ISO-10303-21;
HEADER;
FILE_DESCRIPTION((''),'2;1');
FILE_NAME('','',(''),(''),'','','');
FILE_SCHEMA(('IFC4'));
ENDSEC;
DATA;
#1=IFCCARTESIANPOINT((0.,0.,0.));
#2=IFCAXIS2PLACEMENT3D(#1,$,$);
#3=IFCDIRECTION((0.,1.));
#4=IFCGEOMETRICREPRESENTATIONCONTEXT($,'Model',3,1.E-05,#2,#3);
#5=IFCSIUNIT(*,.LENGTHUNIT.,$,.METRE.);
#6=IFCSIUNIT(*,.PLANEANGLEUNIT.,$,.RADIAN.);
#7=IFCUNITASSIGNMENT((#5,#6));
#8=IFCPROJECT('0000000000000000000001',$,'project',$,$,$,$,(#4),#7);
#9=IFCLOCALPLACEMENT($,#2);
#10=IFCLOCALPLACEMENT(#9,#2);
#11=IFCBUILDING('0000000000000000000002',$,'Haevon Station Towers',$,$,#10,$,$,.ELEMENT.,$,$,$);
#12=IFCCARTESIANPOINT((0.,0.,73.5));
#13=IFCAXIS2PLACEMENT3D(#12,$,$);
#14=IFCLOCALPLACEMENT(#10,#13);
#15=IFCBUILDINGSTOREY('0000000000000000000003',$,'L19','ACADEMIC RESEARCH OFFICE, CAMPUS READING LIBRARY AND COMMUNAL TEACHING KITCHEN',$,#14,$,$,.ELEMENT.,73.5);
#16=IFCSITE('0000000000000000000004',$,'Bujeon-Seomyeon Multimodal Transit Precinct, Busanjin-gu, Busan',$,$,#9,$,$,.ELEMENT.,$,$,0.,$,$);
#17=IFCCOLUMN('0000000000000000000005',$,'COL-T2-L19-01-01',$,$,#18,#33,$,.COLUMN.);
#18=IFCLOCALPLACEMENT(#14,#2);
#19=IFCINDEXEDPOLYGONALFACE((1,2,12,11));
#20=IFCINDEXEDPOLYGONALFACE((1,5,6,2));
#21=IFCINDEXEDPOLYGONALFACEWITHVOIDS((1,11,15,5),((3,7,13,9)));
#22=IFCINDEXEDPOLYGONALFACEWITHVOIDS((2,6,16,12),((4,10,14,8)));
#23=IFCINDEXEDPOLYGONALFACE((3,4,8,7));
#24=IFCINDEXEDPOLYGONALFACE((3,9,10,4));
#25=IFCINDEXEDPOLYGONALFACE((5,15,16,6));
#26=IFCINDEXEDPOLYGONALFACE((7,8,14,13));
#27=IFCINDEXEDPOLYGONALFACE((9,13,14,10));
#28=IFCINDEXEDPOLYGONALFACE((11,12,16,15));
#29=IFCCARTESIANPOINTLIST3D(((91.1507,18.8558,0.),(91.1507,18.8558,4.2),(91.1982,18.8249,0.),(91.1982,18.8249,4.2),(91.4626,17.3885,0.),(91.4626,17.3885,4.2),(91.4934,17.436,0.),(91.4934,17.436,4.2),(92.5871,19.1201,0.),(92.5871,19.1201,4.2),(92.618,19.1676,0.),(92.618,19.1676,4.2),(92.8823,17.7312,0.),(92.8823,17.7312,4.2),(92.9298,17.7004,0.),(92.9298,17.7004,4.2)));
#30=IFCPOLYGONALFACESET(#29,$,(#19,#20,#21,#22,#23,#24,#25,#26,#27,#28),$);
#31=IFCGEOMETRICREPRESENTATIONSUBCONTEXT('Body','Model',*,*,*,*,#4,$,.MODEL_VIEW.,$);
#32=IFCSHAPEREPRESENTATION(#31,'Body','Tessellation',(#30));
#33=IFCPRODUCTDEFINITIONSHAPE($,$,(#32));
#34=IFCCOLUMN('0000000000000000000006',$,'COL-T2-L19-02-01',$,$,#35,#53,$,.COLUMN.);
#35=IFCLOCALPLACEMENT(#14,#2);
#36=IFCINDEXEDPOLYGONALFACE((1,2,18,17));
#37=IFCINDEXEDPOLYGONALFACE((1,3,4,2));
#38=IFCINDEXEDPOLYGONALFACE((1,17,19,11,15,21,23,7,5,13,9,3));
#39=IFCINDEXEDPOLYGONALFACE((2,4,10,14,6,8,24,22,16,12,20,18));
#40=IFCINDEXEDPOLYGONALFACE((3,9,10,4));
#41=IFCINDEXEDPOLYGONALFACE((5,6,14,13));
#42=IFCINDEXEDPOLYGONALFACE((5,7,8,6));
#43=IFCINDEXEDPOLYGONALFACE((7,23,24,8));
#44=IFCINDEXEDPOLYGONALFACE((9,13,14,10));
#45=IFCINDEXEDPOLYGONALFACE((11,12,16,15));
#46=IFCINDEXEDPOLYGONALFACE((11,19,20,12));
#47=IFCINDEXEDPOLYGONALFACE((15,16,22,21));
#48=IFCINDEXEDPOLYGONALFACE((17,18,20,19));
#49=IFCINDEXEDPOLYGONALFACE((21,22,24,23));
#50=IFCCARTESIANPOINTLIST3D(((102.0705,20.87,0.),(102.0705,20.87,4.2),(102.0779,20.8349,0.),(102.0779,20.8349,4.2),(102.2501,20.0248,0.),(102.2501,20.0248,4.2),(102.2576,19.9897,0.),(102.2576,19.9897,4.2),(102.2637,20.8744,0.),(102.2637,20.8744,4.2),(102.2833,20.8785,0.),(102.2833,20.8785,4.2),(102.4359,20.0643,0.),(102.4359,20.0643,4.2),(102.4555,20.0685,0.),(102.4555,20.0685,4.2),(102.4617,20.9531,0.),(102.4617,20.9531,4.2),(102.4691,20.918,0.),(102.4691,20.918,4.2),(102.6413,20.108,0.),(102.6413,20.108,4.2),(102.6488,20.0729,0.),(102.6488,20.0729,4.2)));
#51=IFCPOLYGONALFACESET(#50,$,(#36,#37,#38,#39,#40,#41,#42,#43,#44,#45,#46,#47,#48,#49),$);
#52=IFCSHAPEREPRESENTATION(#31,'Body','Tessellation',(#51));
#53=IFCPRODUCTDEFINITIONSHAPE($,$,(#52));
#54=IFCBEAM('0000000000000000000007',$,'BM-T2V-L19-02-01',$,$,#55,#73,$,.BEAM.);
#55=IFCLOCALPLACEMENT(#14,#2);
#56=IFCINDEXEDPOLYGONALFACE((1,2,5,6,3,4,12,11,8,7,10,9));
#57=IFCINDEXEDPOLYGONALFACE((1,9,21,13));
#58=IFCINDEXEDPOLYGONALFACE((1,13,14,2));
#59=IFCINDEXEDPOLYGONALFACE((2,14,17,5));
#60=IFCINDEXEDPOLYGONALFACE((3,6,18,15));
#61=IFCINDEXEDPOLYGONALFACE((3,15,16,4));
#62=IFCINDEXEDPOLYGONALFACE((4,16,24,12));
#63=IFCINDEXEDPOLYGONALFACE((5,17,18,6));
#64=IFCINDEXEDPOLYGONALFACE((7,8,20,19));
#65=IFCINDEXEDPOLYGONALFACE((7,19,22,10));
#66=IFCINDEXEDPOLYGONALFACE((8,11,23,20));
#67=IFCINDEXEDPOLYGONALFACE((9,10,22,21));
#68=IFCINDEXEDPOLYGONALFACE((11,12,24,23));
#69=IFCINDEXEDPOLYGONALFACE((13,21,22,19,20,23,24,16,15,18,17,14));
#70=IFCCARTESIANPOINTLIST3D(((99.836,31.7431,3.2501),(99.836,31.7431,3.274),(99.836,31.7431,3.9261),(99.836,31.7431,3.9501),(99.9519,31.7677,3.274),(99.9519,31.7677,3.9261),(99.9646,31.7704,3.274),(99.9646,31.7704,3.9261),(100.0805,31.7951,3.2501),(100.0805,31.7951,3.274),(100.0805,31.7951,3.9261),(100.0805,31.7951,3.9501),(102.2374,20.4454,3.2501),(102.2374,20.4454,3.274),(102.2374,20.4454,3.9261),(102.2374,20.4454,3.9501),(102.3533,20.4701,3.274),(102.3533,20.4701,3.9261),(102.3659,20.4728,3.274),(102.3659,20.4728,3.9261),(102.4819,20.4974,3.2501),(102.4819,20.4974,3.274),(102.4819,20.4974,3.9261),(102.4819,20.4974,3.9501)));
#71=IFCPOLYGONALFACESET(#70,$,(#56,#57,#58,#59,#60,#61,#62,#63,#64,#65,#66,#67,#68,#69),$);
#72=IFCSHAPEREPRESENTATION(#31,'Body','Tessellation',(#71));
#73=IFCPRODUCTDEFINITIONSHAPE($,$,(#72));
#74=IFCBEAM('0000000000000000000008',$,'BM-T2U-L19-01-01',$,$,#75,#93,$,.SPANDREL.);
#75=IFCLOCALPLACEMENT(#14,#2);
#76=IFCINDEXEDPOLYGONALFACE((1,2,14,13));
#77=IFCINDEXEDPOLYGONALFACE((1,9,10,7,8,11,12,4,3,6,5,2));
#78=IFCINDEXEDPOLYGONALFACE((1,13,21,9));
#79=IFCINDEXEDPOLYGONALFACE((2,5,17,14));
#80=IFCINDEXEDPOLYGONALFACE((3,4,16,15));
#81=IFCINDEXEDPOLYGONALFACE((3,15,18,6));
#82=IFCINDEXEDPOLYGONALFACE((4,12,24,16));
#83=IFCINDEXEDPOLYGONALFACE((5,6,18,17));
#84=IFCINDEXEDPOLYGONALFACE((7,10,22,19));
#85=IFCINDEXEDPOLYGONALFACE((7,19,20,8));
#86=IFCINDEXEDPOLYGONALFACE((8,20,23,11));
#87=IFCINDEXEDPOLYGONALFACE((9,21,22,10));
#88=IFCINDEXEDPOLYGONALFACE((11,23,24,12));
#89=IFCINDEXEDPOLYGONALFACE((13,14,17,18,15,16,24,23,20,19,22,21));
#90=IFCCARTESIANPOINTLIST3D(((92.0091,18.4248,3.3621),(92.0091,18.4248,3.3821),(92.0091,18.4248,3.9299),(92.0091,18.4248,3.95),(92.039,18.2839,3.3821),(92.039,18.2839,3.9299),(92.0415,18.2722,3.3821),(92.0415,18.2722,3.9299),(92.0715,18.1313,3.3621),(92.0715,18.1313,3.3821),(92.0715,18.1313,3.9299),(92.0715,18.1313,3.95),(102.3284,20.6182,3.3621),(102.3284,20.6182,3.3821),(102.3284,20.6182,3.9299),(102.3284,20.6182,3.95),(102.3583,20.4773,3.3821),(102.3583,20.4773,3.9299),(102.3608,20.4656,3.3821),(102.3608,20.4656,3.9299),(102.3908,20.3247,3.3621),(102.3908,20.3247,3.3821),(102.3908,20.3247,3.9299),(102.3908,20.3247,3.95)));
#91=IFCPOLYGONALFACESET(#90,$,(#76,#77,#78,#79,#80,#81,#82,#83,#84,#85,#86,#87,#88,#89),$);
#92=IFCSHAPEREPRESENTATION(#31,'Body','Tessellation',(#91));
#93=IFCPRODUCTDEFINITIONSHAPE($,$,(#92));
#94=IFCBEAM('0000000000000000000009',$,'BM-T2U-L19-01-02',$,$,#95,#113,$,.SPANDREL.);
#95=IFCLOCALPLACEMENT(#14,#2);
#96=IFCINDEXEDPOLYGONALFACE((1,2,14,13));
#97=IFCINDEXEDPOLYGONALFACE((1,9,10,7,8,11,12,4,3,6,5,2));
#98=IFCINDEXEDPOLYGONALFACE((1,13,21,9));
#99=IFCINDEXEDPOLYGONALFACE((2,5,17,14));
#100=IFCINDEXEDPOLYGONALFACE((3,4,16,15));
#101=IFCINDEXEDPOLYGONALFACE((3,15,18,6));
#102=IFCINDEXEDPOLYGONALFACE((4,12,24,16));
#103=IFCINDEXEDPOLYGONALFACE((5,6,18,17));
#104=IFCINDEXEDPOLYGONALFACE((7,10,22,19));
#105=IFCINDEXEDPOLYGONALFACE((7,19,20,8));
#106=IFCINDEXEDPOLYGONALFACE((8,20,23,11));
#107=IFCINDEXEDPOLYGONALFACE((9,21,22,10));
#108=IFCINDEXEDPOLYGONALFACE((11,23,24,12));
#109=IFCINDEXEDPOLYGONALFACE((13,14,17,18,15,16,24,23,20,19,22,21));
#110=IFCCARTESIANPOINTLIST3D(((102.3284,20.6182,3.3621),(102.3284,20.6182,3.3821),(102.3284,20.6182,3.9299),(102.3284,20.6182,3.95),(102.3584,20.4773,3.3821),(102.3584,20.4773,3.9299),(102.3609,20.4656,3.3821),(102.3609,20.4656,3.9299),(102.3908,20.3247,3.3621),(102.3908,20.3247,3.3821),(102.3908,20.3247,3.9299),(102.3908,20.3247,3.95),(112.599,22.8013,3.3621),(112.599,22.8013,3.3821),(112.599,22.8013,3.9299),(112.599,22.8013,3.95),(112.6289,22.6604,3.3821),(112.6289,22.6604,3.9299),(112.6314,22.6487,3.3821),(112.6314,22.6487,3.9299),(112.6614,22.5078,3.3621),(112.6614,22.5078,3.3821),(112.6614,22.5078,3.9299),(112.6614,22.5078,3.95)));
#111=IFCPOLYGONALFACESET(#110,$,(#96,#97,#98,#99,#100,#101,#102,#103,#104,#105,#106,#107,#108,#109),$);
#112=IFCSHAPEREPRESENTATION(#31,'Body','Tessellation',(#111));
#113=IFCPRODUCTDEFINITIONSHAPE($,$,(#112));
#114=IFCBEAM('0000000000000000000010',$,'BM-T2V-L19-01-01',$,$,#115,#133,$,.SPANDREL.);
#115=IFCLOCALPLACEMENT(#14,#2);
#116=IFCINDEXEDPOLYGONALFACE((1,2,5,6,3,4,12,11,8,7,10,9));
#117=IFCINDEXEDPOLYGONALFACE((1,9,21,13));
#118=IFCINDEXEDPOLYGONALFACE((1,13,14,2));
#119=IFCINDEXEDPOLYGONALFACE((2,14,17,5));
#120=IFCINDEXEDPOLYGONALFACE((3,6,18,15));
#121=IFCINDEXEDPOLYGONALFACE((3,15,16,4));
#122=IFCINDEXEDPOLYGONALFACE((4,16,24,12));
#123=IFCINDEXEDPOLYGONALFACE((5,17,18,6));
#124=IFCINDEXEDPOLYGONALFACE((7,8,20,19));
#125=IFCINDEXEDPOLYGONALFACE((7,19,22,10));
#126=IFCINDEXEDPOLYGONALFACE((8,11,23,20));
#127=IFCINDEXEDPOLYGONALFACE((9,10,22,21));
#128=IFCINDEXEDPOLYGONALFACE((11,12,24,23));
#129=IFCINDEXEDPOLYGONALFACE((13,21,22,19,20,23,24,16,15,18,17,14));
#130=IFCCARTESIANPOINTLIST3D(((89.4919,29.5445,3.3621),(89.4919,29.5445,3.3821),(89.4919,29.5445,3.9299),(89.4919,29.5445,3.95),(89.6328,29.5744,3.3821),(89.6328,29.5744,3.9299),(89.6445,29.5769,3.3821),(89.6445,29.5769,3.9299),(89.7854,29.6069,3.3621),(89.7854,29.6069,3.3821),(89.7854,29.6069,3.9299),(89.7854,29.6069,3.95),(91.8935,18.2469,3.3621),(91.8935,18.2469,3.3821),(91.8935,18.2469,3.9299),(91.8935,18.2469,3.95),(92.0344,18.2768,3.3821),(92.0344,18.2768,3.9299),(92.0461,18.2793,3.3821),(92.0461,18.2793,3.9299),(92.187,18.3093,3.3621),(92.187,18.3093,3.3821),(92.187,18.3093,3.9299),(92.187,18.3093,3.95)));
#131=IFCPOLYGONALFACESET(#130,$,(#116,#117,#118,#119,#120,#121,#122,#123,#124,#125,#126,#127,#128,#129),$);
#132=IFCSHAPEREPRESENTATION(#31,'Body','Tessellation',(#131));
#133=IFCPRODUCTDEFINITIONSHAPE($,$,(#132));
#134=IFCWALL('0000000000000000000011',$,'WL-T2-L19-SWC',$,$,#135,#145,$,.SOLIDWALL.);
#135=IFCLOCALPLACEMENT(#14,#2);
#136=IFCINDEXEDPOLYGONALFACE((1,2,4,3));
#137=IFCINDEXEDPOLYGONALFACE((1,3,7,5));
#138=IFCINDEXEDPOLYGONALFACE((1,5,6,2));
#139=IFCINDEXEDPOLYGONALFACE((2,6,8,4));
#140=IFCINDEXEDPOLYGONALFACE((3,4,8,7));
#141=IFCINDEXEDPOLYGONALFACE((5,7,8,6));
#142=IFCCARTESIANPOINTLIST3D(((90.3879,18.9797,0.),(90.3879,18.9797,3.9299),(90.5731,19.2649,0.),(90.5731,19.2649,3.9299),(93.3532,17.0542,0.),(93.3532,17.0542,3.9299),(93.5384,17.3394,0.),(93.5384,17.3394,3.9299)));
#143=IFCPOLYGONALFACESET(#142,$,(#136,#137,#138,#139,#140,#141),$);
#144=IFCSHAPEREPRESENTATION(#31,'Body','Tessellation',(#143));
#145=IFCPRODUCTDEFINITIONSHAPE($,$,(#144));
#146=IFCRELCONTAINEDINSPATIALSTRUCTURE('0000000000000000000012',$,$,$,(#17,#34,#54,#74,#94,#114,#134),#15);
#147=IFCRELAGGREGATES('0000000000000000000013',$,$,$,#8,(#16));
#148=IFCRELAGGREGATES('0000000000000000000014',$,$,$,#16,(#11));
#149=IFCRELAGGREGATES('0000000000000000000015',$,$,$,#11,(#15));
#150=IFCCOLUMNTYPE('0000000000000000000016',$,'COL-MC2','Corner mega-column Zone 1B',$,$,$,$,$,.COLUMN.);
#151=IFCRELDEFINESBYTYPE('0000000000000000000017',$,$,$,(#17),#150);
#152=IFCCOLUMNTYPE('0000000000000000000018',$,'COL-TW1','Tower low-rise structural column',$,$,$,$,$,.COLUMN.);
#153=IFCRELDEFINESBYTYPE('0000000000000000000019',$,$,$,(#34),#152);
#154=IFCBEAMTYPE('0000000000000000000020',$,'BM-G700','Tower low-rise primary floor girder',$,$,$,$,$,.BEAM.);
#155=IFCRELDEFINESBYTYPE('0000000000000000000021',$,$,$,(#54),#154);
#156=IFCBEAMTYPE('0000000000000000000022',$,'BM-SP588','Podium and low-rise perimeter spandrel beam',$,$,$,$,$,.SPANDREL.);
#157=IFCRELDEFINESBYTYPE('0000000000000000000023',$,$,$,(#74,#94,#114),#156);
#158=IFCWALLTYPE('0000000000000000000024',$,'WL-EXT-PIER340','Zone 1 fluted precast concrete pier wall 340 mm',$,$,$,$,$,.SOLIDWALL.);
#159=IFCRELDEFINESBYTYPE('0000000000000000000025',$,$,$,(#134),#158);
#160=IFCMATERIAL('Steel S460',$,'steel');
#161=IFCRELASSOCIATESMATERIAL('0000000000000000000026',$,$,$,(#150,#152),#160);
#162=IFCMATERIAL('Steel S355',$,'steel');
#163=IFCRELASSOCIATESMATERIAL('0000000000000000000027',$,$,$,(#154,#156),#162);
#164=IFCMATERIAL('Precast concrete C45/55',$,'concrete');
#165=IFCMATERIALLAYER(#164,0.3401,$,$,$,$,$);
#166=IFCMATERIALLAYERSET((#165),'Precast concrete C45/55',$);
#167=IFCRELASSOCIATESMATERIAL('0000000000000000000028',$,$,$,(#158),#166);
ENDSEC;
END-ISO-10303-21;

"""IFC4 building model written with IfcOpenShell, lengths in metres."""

from ifc_helpers import new_model, si_unit, direction, frame, frame_2d, origin, origin_2d, place, context, subcontext, project, spatial, rectangle, hollow_rectangle, i_section, extrude, material, layer, layer_set, material_profile, profile_set, type_object, element, save


model = new_model("IFC4")

# Units and contexts
model_context = context("Model", 3, precision=1e-05, world=origin(), true_north=direction((0.0, 1.0)))
body_context = subcontext(model_context, "Body", "Model", "MODEL_VIEW")
ifc_project = project(units=[si_unit("LENGTHUNIT", "METRE"), si_unit("PLANEANGLEUNIT", "RADIAN")], contexts=[model_context])

# Site, building, storey
site_placement = place(None, origin())
site = spatial("IfcSite", under=ifc_project, at=site_placement, Name="Bujeon-Seomyeon Multimodal Transit Precinct, Busanjin-gu, Busan", CompositionType="ELEMENT", RefElevation=0.0)
building_placement = place(site_placement, origin())
building = spatial("IfcBuilding", under=site, at=building_placement, Name="Haevon Station Towers", CompositionType="ELEMENT")
storey_placement = place(building_placement, frame((0.0, 0.0, 73.5)))
storey = spatial("IfcBuildingStorey", under=building, at=storey_placement, Name="L19", Description="ACADEMIC RESEARCH OFFICE, CAMPUS READING LIBRARY AND COMMUNAL TEACHING KITCHEN", CompositionType="ELEMENT", Elevation=73.5)

# Columns
ifc_material_1 = material(Name="Steel S460", Category="steel")
ifc_material_profile_1 = material_profile(ifc_material_1, hollow_rectangle(XDim=1.5, YDim=1.5, WallThickness=0.04, at=origin_2d()), Name="BOX-1500x1500x40")
ifc_profile_set_1 = profile_set([ifc_material_profile_1], Name="Steel S460")
column_type_1 = type_object("IfcColumnType", Name="COL-MC2", Description="Corner mega-column Zone 1B", PredefinedType="COLUMN", material=ifc_profile_set_1)
column_1_placement = place(storey_placement, frame((92.0403, 18.2781, 0.0), z_axis=(0.0, 0.0, 1.0), x_axis=(0.978148, 0.207912, 0.0)))
element("IfcColumn", 1, at=column_1_placement, inside=storey, type_object=column_type_1, Name="COL-T2-L19-01-01", PredefinedType="COLUMN", context=body_context, shape_type="SweptSolid", body=[
    extrude(hollow_rectangle(XDim=1.5, YDim=1.5, WallThickness=0.04, at=origin_2d()), origin(), (0.0, 0.0, 1.0), 4.2),
])
ifc_material_profile_2 = material_profile(ifc_material_1, i_section(OverallWidth=0.3999, OverallDepth=0.8999, WebThickness=0.02, FlangeThickness=0.0359, at=origin_2d()), Name="H-900x400x20x36")
ifc_profile_set_2 = profile_set([ifc_material_profile_2], Name="Steel S460")
column_type_2 = type_object("IfcColumnType", Name="COL-TW1", Description="Tower low-rise structural column", PredefinedType="COLUMN", material=ifc_profile_set_2)
column_2_placement = place(storey_placement, frame((102.3596, 20.4714, 0.0), z_axis=(0.0, 0.0, 1.0), x_axis=(0.978148, 0.207912, 0.0)))
element("IfcColumn", 2, at=column_2_placement, inside=storey, type_object=column_type_2, Name="COL-T2-L19-02-01", PredefinedType="COLUMN", context=body_context, shape_type="SweptSolid", body=[
    extrude(i_section(OverallWidth=0.3999, OverallDepth=0.8999, WebThickness=0.02, FlangeThickness=0.0359, at=origin_2d()), origin(), (0.0, 0.0, 1.0), 4.2),
])

# Beams
ifc_material_2 = material(Name="Steel S355", Category="steel")
ifc_material_profile_3 = material_profile(ifc_material_2, i_section(OverallWidth=0.25, OverallDepth=0.7, WebThickness=0.0129, FlangeThickness=0.0239, at=origin_2d()), Name="H-700x250x13x24")
ifc_profile_set_3 = profile_set([ifc_material_profile_3], Name="Steel S355")
beam_type_1 = type_object("IfcBeamType", Name="BM-G700", Description="Tower low-rise primary floor girder", PredefinedType="BEAM", material=ifc_profile_set_3)
beam_1_placement = place(storey_placement, frame((102.3596, 20.4714, 3.6001), z_axis=(-0.207911, 0.978148, 0.0), x_axis=(-0.978148, -0.207911, 0.0)))
element("IfcBeam", 3, at=beam_1_placement, inside=storey, type_object=beam_type_1, Name="BM-T2V-L19-02-01", PredefinedType="BEAM", context=body_context, shape_type="SweptSolid", body=[
    extrude(i_section(OverallWidth=0.25, OverallDepth=0.7, WebThickness=0.0129, FlangeThickness=0.0239, at=origin_2d()), origin(), (0.0, 0.0, 1.0), 11.55),
])
ifc_material_profile_4 = material_profile(ifc_material_2, i_section(OverallWidth=0.3, OverallDepth=0.5879, WebThickness=0.012, FlangeThickness=0.02, at=origin_2d()), Name="H-588x300x12x20")
ifc_profile_set_4 = profile_set([ifc_material_profile_4], Name="Steel S355")
beam_type_2 = type_object("IfcBeamType", Name="BM-SP588", Description="Podium and low-rise perimeter spandrel beam", PredefinedType="SPANDREL", material=ifc_profile_set_4)
beam_2_placement = place(storey_placement, frame((92.0403, 18.2781, 3.656), z_axis=(0.978149, 0.207904, 0.0), x_axis=(-0.207904, 0.978149, 0.0)))
element("IfcBeam", 4, at=beam_2_placement, inside=storey, type_object=beam_type_2, Name="BM-T2U-L19-01-01", PredefinedType="SPANDREL", context=body_context, shape_type="SweptSolid", body=[
    extrude(i_section(OverallWidth=0.3, OverallDepth=0.5879, WebThickness=0.012, FlangeThickness=0.02, at=origin_2d()), origin(), (0.0, 0.0, 1.0), 10.5498),
])
beam_3_placement = place(storey_placement, frame((102.3596, 20.4714, 3.656), z_axis=(0.978147, 0.207915, 0.0), x_axis=(-0.207915, 0.978147, 0.0)))
element("IfcBeam", 5, at=beam_3_placement, inside=storey, type_object=beam_type_2, Name="BM-T2U-L19-01-02", PredefinedType="SPANDREL", context=body_context, shape_type="SweptSolid", body=[
    extrude(i_section(OverallWidth=0.3, OverallDepth=0.5879, WebThickness=0.012, FlangeThickness=0.02, at=origin_2d()), origin(), (0.0, 0.0, 1.0), 10.5),
])
beam_4_placement = place(storey_placement, frame((92.0403, 18.2781, 3.656), z_axis=(-0.207931, 0.978144, 0.0), x_axis=(-0.978144, -0.207931, 0.0)))
element("IfcBeam", 6, at=beam_4_placement, inside=storey, type_object=beam_type_2, Name="BM-T2V-L19-01-01", PredefinedType="SPANDREL", context=body_context, shape_type="SweptSolid", body=[
    extrude(i_section(OverallWidth=0.3, OverallDepth=0.5879, WebThickness=0.012, FlangeThickness=0.02, at=origin_2d()), origin(), (0.0, 0.0, 1.0), 11.55),
])

# Wall
ifc_material_3 = material(Name="Precast concrete C45/55", Category="concrete")
ifc_layer_1 = layer(ifc_material_3, 0.3401)
ifc_layer_set_1 = layer_set([ifc_layer_1], Name="Precast concrete C45/55")
wall_type_1 = type_object("IfcWallType", Name="WL-EXT-PIER340", Description="Zone 1 fluted precast concrete pier wall 340 mm", PredefinedType="SOLIDWALL", material=ifc_layer_set_1)
wall_1_placement = place(storey_placement, frame((93.4458, 17.1968, 0.0), z_axis=(0.0, 0.0, 1.0), x_axis=(-0.838693, 0.544605, 0.0)))
element("IfcWall", 7, at=wall_1_placement, inside=storey, type_object=wall_type_1, Name="WL-T2-L19-SWC", PredefinedType="SOLIDWALL", context=body_context, shape_type="SweptSolid", body=[
    extrude(rectangle(XDim=3.5356, YDim=0.3401, at=frame_2d((1.7678, 0.0))), origin(), (0.0, 0.0, 1.0), 3.9299),
])

save(model, "model.ifc")
